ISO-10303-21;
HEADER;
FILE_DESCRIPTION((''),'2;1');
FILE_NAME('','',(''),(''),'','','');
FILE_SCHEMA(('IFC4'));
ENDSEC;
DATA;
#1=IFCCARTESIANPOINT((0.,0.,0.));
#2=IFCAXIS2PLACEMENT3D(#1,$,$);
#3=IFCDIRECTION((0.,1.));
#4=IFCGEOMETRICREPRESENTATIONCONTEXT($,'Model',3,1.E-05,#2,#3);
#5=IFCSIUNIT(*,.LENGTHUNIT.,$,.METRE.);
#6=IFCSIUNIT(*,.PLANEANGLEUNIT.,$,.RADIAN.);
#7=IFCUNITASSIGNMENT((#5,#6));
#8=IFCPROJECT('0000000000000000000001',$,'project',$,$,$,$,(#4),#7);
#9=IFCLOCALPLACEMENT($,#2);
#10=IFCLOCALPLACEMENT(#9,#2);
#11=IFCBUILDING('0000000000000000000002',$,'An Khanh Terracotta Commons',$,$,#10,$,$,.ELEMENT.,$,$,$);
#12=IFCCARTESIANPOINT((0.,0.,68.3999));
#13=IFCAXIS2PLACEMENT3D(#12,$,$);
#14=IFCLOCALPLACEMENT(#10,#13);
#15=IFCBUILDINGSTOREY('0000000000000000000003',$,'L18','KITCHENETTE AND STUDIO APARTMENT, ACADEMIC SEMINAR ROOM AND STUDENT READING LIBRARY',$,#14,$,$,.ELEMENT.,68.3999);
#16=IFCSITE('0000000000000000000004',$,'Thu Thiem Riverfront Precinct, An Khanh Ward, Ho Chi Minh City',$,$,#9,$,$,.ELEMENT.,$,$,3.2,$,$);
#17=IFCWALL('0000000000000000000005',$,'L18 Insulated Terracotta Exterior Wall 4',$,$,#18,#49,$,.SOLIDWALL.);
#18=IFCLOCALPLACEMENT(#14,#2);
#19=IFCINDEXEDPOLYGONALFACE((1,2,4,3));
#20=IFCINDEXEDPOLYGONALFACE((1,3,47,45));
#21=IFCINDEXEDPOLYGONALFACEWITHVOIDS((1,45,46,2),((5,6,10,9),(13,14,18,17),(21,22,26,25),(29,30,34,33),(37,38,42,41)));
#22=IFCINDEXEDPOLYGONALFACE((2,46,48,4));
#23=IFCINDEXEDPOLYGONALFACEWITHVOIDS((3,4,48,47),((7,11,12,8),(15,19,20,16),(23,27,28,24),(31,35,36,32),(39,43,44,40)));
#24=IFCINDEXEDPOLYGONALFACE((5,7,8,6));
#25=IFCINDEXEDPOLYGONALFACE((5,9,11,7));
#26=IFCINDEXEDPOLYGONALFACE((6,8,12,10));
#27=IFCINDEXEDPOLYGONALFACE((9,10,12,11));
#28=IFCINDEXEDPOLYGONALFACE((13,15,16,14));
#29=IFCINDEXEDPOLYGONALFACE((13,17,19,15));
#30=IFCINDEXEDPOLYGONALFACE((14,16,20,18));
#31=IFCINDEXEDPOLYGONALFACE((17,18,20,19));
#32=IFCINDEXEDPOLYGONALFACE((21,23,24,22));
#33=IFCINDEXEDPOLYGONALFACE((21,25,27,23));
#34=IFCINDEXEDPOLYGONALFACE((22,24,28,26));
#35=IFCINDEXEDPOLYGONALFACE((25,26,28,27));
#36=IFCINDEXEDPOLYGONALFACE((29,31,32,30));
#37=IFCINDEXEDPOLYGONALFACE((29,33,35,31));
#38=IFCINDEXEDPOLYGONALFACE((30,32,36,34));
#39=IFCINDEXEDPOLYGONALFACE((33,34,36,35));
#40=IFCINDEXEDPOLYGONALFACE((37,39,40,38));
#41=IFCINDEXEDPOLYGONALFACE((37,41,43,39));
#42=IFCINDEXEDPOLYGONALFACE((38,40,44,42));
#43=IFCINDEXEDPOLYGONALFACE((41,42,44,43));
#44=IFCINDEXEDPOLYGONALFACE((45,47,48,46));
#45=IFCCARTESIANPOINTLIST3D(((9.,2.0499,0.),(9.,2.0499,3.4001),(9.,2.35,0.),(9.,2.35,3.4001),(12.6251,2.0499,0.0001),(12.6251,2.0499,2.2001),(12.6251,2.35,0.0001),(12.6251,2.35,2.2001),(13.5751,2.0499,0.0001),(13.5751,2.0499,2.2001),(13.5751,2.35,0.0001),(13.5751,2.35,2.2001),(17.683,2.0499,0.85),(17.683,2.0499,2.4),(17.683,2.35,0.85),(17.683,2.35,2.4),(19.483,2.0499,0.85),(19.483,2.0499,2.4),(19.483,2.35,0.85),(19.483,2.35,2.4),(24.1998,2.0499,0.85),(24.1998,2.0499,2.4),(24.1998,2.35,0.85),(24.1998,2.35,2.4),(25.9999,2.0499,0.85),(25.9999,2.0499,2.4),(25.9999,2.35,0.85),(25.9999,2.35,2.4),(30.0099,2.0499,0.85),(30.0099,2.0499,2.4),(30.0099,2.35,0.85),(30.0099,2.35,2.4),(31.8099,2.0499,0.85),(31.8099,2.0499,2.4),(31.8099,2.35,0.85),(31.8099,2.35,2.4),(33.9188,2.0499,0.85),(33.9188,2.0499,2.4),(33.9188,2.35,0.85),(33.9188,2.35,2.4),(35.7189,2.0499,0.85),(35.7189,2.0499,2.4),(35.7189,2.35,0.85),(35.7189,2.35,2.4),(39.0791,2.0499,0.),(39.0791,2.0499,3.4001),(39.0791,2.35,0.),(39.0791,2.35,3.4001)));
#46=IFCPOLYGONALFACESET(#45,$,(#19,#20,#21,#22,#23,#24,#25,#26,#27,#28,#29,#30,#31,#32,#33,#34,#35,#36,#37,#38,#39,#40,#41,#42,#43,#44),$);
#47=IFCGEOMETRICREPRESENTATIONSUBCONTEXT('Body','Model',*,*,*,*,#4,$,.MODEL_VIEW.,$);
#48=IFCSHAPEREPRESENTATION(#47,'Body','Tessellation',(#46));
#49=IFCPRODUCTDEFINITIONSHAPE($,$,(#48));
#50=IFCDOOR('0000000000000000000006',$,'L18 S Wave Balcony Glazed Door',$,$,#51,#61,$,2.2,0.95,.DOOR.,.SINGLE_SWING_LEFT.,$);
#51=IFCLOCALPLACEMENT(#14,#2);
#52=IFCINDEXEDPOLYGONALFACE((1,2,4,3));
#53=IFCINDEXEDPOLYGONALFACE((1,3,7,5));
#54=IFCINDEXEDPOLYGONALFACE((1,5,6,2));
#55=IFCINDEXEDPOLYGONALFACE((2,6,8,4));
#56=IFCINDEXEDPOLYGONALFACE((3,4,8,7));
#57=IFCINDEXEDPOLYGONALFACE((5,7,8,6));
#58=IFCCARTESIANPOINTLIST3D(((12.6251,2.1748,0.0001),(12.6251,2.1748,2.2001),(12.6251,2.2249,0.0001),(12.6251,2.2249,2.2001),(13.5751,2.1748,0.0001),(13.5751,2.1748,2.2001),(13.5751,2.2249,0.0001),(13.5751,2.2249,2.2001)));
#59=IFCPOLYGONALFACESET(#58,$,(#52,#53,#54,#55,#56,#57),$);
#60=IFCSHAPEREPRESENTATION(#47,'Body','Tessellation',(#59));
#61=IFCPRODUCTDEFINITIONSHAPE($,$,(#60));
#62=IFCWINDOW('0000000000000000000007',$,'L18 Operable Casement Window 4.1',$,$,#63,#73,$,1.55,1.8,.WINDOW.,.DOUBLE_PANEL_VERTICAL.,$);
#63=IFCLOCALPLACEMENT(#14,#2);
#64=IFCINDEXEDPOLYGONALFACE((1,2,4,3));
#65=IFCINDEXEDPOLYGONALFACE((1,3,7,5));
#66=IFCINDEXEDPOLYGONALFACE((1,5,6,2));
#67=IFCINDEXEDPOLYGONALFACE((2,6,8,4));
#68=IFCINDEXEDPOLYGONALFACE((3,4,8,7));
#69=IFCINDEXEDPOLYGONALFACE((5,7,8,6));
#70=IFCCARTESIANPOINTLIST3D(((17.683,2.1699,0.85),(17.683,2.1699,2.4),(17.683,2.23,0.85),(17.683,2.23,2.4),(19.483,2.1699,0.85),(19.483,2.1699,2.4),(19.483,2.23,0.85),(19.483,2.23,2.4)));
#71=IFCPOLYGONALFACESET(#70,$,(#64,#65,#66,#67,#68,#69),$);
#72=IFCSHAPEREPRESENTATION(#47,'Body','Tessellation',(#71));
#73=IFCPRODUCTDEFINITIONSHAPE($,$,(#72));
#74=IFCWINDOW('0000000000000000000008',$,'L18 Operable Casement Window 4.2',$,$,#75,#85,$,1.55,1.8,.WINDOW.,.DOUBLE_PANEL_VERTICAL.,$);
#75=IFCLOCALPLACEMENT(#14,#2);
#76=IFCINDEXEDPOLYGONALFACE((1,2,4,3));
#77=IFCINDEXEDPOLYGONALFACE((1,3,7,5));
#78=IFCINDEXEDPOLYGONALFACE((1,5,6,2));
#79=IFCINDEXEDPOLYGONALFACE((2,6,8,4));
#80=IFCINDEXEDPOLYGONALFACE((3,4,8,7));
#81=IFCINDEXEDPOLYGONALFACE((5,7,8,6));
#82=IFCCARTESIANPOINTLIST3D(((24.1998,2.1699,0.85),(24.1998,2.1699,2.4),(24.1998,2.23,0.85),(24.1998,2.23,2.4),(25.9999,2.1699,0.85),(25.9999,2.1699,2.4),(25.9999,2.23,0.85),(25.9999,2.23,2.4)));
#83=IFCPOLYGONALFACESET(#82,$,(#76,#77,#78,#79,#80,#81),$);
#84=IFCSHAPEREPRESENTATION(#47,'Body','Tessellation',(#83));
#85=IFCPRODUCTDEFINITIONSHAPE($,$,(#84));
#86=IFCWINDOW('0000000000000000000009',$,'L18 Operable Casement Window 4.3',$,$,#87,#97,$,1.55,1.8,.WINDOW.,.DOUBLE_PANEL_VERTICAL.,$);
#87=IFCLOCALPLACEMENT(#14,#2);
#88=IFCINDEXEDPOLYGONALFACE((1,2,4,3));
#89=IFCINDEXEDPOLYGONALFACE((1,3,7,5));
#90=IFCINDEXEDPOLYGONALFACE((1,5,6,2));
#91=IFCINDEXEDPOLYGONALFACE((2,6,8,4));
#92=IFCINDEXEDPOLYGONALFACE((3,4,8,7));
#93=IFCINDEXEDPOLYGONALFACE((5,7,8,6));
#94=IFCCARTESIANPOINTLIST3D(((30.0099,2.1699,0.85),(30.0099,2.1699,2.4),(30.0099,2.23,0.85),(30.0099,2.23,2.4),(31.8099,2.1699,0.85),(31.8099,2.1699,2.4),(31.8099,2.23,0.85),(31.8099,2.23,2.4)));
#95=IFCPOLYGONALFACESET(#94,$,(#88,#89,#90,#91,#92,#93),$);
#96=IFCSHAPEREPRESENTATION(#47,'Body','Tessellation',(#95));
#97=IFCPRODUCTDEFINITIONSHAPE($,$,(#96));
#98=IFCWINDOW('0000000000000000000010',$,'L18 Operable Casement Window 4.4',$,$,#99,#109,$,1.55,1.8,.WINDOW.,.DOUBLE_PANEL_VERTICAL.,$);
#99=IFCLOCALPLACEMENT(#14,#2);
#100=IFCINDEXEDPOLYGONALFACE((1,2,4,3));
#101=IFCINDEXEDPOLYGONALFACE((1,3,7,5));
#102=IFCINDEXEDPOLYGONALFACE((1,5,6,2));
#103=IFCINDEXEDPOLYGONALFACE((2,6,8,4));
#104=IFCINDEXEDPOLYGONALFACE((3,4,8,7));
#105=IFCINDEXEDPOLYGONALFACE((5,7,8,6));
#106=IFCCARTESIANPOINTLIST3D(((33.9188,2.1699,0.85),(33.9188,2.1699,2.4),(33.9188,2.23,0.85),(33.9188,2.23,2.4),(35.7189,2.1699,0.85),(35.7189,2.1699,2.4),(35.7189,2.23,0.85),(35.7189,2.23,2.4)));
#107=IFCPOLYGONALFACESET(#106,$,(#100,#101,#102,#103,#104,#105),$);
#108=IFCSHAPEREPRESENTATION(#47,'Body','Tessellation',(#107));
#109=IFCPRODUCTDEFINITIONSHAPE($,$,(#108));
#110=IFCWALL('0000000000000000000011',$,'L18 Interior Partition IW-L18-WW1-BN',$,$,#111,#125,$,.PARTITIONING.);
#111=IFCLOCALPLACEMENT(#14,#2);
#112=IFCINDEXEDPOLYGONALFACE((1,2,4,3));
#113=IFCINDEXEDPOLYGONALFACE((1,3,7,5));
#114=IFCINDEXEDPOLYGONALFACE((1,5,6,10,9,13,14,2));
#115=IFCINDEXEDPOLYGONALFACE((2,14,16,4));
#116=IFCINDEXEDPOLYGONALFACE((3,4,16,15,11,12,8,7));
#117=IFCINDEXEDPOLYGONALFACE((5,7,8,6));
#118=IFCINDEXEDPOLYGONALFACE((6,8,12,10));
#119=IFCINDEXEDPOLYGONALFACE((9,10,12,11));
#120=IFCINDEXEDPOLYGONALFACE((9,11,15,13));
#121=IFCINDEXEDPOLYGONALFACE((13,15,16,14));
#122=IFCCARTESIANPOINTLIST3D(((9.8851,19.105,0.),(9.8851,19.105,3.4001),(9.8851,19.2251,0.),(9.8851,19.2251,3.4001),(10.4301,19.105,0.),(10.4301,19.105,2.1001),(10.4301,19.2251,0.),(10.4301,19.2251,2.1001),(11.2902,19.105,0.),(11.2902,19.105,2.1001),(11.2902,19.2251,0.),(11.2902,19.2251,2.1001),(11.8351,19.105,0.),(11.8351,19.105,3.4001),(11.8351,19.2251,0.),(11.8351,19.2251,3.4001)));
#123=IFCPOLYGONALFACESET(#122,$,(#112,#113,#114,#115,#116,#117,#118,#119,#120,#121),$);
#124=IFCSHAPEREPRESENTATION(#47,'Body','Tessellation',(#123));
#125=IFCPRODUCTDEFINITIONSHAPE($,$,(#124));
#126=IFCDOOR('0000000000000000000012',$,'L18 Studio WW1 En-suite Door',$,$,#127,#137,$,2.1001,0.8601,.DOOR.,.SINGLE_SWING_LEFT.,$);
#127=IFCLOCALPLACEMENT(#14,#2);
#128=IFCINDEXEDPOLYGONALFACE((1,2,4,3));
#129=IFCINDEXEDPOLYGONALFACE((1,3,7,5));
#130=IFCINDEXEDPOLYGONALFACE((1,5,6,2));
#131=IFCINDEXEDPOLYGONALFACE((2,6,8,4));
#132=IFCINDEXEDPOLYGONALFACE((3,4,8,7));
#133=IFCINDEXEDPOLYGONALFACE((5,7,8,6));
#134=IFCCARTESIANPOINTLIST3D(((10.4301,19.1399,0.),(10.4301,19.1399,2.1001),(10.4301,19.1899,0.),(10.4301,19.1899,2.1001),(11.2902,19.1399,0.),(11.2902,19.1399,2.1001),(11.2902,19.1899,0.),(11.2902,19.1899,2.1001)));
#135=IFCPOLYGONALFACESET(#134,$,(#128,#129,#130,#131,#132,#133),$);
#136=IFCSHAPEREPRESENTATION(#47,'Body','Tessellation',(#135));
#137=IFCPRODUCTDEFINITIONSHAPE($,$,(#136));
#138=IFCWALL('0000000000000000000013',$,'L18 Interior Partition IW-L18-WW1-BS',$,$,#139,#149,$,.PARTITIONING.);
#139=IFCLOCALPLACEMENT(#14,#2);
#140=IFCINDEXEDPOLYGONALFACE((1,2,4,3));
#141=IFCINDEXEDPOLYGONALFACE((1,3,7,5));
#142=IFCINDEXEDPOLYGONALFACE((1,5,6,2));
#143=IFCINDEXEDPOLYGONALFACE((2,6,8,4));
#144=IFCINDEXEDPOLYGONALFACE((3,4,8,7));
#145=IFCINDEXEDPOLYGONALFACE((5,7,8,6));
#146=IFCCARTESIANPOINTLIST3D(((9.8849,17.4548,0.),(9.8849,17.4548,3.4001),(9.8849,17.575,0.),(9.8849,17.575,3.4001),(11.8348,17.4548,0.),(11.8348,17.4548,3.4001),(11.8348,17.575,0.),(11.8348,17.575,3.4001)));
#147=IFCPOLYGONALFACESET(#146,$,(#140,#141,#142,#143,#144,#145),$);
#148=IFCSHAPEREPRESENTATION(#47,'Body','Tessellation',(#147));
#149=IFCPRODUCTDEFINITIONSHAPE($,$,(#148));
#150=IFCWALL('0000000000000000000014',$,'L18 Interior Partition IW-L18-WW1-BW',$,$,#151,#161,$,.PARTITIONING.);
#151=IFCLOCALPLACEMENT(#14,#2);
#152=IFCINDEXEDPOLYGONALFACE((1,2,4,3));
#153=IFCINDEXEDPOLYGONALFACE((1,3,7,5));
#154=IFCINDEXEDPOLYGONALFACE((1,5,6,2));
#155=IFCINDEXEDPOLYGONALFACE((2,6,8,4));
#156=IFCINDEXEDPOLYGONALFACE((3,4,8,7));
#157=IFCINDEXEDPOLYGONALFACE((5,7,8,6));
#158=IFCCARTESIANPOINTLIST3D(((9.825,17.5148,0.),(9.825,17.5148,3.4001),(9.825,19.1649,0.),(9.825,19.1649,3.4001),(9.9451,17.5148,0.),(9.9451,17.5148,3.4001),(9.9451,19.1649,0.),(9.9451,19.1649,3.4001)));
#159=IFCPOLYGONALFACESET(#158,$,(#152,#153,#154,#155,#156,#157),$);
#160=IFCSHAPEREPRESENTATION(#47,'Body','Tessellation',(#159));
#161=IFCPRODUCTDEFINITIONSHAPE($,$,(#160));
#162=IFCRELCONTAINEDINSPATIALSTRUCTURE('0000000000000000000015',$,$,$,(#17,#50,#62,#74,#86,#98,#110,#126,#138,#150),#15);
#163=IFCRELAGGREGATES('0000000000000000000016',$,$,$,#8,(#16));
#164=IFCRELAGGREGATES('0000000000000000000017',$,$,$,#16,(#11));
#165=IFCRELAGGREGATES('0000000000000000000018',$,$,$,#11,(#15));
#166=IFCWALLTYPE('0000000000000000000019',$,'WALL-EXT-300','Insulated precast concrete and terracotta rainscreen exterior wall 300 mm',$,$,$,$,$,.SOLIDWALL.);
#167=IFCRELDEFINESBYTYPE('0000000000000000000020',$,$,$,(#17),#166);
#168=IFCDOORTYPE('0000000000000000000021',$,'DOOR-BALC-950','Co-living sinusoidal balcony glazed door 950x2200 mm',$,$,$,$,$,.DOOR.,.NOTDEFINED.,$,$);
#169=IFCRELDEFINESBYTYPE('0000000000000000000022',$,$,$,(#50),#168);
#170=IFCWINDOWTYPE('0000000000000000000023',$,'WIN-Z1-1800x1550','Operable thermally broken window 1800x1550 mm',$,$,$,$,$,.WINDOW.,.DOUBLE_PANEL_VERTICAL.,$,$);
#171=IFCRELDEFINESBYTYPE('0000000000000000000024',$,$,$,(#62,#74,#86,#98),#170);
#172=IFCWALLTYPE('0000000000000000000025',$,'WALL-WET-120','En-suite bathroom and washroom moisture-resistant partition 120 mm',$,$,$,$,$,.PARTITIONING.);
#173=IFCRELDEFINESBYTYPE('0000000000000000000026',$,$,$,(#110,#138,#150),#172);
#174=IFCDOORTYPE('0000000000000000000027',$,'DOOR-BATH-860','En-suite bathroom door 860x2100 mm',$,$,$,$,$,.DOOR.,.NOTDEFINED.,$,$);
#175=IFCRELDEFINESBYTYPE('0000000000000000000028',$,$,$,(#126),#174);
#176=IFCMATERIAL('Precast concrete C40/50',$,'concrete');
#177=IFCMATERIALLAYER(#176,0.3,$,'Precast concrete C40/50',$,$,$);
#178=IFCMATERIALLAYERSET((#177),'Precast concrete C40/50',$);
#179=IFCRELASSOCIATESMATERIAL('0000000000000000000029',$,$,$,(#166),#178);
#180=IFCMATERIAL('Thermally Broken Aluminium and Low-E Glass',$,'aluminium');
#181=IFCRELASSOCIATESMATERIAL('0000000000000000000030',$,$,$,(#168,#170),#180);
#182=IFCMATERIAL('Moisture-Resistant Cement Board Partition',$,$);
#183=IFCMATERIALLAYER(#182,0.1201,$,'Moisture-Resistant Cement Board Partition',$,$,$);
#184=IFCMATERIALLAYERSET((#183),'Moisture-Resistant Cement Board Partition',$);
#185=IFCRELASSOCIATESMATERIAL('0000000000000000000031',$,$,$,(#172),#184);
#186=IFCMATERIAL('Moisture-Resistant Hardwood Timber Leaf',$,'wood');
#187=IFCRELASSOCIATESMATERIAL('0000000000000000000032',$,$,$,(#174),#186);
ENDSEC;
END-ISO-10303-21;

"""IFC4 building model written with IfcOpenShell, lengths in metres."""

from ifc_helpers import new_model, si_unit, direction, frame, frame_2d, origin, place, context, subcontext, project, spatial, rectangle, extrude, material, layer, layer_set, type_object, element, fill, save


model = new_model("IFC4")

# Units and contexts
model_context = context("Model", 3, precision=1e-05, world=origin(), true_north=direction((0.0, 1.0)))
body_context = subcontext(model_context, "Body", "Model", "MODEL_VIEW")
ifc_project = project(units=[si_unit("LENGTHUNIT", "METRE"), si_unit("PLANEANGLEUNIT", "RADIAN")], contexts=[model_context])

# Site, building, storey
site_placement = place(None, origin())
site = spatial("IfcSite", under=ifc_project, at=site_placement, Name="Thu Thiem Riverfront Precinct, An Khanh Ward, Ho Chi Minh City", CompositionType="ELEMENT", RefElevation=3.2)
building_placement = place(site_placement, origin())
building = spatial("IfcBuilding", under=site, at=building_placement, Name="An Khanh Terracotta Commons", CompositionType="ELEMENT")
storey_placement = place(building_placement, frame((0.0, 0.0, 68.3999)))
storey = spatial("IfcBuildingStorey", under=building, at=storey_placement, Name="L18", Description="KITCHENETTE AND STUDIO APARTMENT, ACADEMIC SEMINAR ROOM AND STUDENT READING LIBRARY", CompositionType="ELEMENT", Elevation=68.3999)

# Shared definitions
ifc_material_1 = material(Name="Precast concrete C40/50", Category="concrete")
ifc_layer_1 = layer(ifc_material_1, 0.3, Name="Precast concrete C40/50")
ifc_layer_set_1 = layer_set([ifc_layer_1], Name="Precast concrete C40/50")
wall_type_1 = type_object("IfcWallType", Name="WALL-EXT-300", Description="Insulated precast concrete and terracotta rainscreen exterior wall 300 mm", PredefinedType="SOLIDWALL", material=ifc_layer_set_1)

# Wall, openings, door, windows
wall_1_placement = place(storey_placement, frame((9.0, 2.2, 0.0), z_axis=(0.0, 0.0, 1.0), x_axis=(1.0, 0.0, 0.0)))
wall_1 = element("IfcWall", 1, at=wall_1_placement, inside=storey, type_object=wall_type_1, Name="L18 Insulated Terracotta Exterior Wall 4", PredefinedType="SOLIDWALL", context=body_context, shape_type="SweptSolid", body=[
    extrude(rectangle(XDim=30.0791, YDim=0.3, at=frame_2d((15.0396, 0.0))), origin(), (0.0, 0.0, 1.0), 3.4001),
])
opening_1_placement = place(wall_1_placement, frame((3.625, 0.0, 0.0)))
opening_1 = element("IfcOpeningElement", 2, at=opening_1_placement, cuts=wall_1, PredefinedType="OPENING", context=body_context, shape_type="SweptSolid", body=[
    extrude(rectangle(XDim=0.95, YDim=2.2, at=frame_2d((0.4751, 1.1001))), frame((0.0, 0.1599, 0.0), z_axis=(0.0, -1.0, 0.0), x_axis=(1.0, 0.0, 0.0)), (0.0, 0.0, 1.0), 0.3201),
])
opening_2_placement = place(wall_1_placement, frame((8.6831, 0.0, 0.8501)))
opening_2 = element("IfcOpeningElement", 3, at=opening_2_placement, cuts=wall_1, PredefinedType="OPENING", context=body_context, shape_type="SweptSolid", body=[
    extrude(rectangle(XDim=1.8, YDim=1.55, at=frame_2d((0.8999, 0.7749))), frame((0.0, 0.1599, 0.0), z_axis=(0.0, -1.0, 0.0), x_axis=(1.0, 0.0, 0.0)), (0.0, 0.0, 1.0), 0.3201),
])
opening_3_placement = place(wall_1_placement, frame((15.2, 0.0, 0.8501)))
opening_3 = element("IfcOpeningElement", 4, at=opening_3_placement, cuts=wall_1, PredefinedType="OPENING", context=body_context, shape_type="SweptSolid", body=[
    extrude(rectangle(XDim=1.8, YDim=1.55, at=frame_2d((0.8999, 0.7749))), frame((0.0, 0.1599, 0.0), z_axis=(0.0, -1.0, 0.0), x_axis=(1.0, 0.0, 0.0)), (0.0, 0.0, 1.0), 0.3201),
])
opening_4_placement = place(wall_1_placement, frame((21.01, 0.0, 0.8501)))
opening_4 = element("IfcOpeningElement", 5, at=opening_4_placement, cuts=wall_1, PredefinedType="OPENING", context=body_context, shape_type="SweptSolid", body=[
    extrude(rectangle(XDim=1.8, YDim=1.55, at=frame_2d((0.8999, 0.7749))), frame((0.0, 0.1599, 0.0), z_axis=(0.0, -1.0, 0.0), x_axis=(1.0, 0.0, 0.0)), (0.0, 0.0, 1.0), 0.3201),
])
opening_5_placement = place(wall_1_placement, frame((24.9189, 0.0, 0.8501)))
opening_5 = element("IfcOpeningElement", 6, at=opening_5_placement, cuts=wall_1, PredefinedType="OPENING", context=body_context, shape_type="SweptSolid", body=[
    extrude(rectangle(XDim=1.8, YDim=1.55, at=frame_2d((0.8999, 0.7749))), frame((0.0, 0.1599, 0.0), z_axis=(0.0, -1.0, 0.0), x_axis=(1.0, 0.0, 0.0)), (0.0, 0.0, 1.0), 0.3201),
])
ifc_material_2 = material(Name="Thermally Broken Aluminium and Low-E Glass", Category="aluminium")
door_type_1 = type_object("IfcDoorType", Name="DOOR-BALC-950", Description="Co-living sinusoidal balcony glazed door 950x2200 mm", OperationType="NOTDEFINED", PredefinedType="DOOR", material=ifc_material_2)
door_1_placement = place(opening_1_placement, origin())
door_1 = element("IfcDoor", 7, at=door_1_placement, inside=storey, type_object=door_type_1, Name="L18 S Wave Balcony Glazed Door", OperationType="SINGLE_SWING_LEFT", OverallHeight=2.2, OverallWidth=0.95, PredefinedType="DOOR", context=body_context, shape_type="SweptSolid", body=[
    extrude(rectangle(XDim=0.95, YDim=2.2, at=frame_2d((0.4751, 1.1001))), frame((0.0, 0.0249, 0.0), z_axis=(0.0, -1.0, 0.0), x_axis=(1.0, 0.0, 0.0)), (0.0, 0.0, 1.0), 0.05),
])
fill(opening_1, door_1)
window_type = type_object("IfcWindowType", Name="WIN-Z1-1800x1550", Description="Operable thermally broken window 1800x1550 mm", PartitioningType="DOUBLE_PANEL_VERTICAL", PredefinedType="WINDOW", material=ifc_material_2)
window_1_placement = place(opening_2_placement, origin())
window_1 = element("IfcWindow", 8, at=window_1_placement, inside=storey, type_object=window_type, Name="L18 Operable Casement Window 4.1", OverallHeight=1.55, OverallWidth=1.8, PartitioningType="DOUBLE_PANEL_VERTICAL", PredefinedType="WINDOW", context=body_context, shape_type="SweptSolid", body=[
    extrude(rectangle(XDim=1.8, YDim=1.55, at=frame_2d((0.8999, 0.7749))), frame((0.0, 0.03, 0.0), z_axis=(0.0, -1.0, 0.0), x_axis=(1.0, 0.0, 0.0)), (0.0, 0.0, 1.0), 0.0601),
])
fill(opening_2, window_1)
window_2_placement = place(opening_3_placement, origin())
window_2 = element("IfcWindow", 9, at=window_2_placement, inside=storey, type_object=window_type, Name="L18 Operable Casement Window 4.2", OverallHeight=1.55, OverallWidth=1.8, PartitioningType="DOUBLE_PANEL_VERTICAL", PredefinedType="WINDOW", context=body_context, shape_type="SweptSolid", body=[
    extrude(rectangle(XDim=1.8, YDim=1.55, at=frame_2d((0.8999, 0.7749))), frame((0.0, 0.03, 0.0), z_axis=(0.0, -1.0, 0.0), x_axis=(1.0, 0.0, 0.0)), (0.0, 0.0, 1.0), 0.0601),
])
fill(opening_3, window_2)
window_3_placement = place(opening_4_placement, origin())
window_3 = element("IfcWindow", 10, at=window_3_placement, inside=storey, type_object=window_type, Name="L18 Operable Casement Window 4.3", OverallHeight=1.55, OverallWidth=1.8, PartitioningType="DOUBLE_PANEL_VERTICAL", PredefinedType="WINDOW", context=body_context, shape_type="SweptSolid", body=[
    extrude(rectangle(XDim=1.8, YDim=1.55, at=frame_2d((0.8999, 0.7749))), frame((0.0, 0.03, 0.0), z_axis=(0.0, -1.0, 0.0), x_axis=(1.0, 0.0, 0.0)), (0.0, 0.0, 1.0), 0.0601),
])
fill(opening_4, window_3)
window_4_placement = place(opening_5_placement, origin())
window_4 = element("IfcWindow", 11, at=window_4_placement, inside=storey, type_object=window_type, Name="L18 Operable Casement Window 4.4", OverallHeight=1.55, OverallWidth=1.8, PartitioningType="DOUBLE_PANEL_VERTICAL", PredefinedType="WINDOW", context=body_context, shape_type="SweptSolid", body=[
    extrude(rectangle(XDim=1.8, YDim=1.55, at=frame_2d((0.8999, 0.7749))), frame((0.0, 0.03, 0.0), z_axis=(0.0, -1.0, 0.0), x_axis=(1.0, 0.0, 0.0)), (0.0, 0.0, 1.0), 0.0601),
])
fill(opening_5, window_4)

# Wall, opening, door
ifc_material_3 = material(Name="Moisture-Resistant Cement Board Partition")
ifc_layer_2 = layer(ifc_material_3, 0.1201, Name="Moisture-Resistant Cement Board Partition")
ifc_layer_set_2 = layer_set([ifc_layer_2], Name="Moisture-Resistant Cement Board Partition")
wall_type_2 = type_object("IfcWallType", Name="WALL-WET-120", Description="En-suite bathroom and washroom moisture-resistant partition 120 mm", PredefinedType="PARTITIONING", material=ifc_layer_set_2)
wall_2_placement = place(storey_placement, frame((9.885, 19.165, 0.0), z_axis=(0.0, 0.0, 1.0), x_axis=(1.0, 0.0, 0.0)))
wall_2 = element("IfcWall", 12, at=wall_2_placement, inside=storey, type_object=wall_type_2, Name="L18 Interior Partition IW-L18-WW1-BN", PredefinedType="PARTITIONING", context=body_context, shape_type="SweptSolid", body=[
    extrude(rectangle(XDim=1.95, YDim=0.1201, at=frame_2d((0.9751, 0.0))), origin(), (0.0, 0.0, 1.0), 3.4001),
])
opening_6_placement = place(wall_2_placement, frame((0.5449, 0.0, 0.0)))
opening_6 = element("IfcOpeningElement", 13, at=opening_6_placement, cuts=wall_2, PredefinedType="OPENING", context=body_context, shape_type="SweptSolid", body=[
    extrude(rectangle(XDim=0.8601, YDim=2.1001, at=frame_2d((0.4302, 1.05))), frame((0.0, 0.0701, 0.0), z_axis=(0.0, -1.0, 0.0), x_axis=(1.0, 0.0, 0.0)), (0.0, 0.0, 1.0), 0.1401),
])
ifc_material_4 = material(Name="Moisture-Resistant Hardwood Timber Leaf", Category="wood")
door_type_2 = type_object("IfcDoorType", Name="DOOR-BATH-860", Description="En-suite bathroom door 860x2100 mm", OperationType="NOTDEFINED", PredefinedType="DOOR", material=ifc_material_4)
door_2_placement = place(opening_6_placement, origin())
door_2 = element("IfcDoor", 14, at=door_2_placement, inside=storey, type_object=door_type_2, Name="L18 Studio WW1 En-suite Door", OperationType="SINGLE_SWING_LEFT", OverallHeight=2.1001, OverallWidth=0.8601, PredefinedType="DOOR", context=body_context, shape_type="SweptSolid", body=[
    extrude(rectangle(XDim=0.8601, YDim=2.1001, at=frame_2d((0.4302, 1.05))), frame((0.0, 0.0249, 0.0), z_axis=(0.0, -1.0, 0.0), x_axis=(1.0, 0.0, 0.0)), (0.0, 0.0, 1.0), 0.05),
])
fill(opening_6, door_2)

# Walls
wall_3_placement = place(storey_placement, frame((11.835, 17.5149, 0.0), z_axis=(0.0, 0.0, 1.0), x_axis=(-1.0, 0.0, 0.0)))
element("IfcWall", 15, at=wall_3_placement, inside=storey, type_object=wall_type_2, Name="L18 Interior Partition IW-L18-WW1-BS", PredefinedType="PARTITIONING", context=body_context, shape_type="SweptSolid", body=[
    extrude(rectangle(XDim=1.95, YDim=0.1201, at=frame_2d((0.9751, 0.0))), origin(), (0.0, 0.0, 1.0), 3.4001),
])
for number, where, z_axis, x_axis, name in (
    (16, (9.885, 19.165, 0.0), (0.0, 0.0, 1.0), (0.0, -1.0, 0.0), "L18 Interior Partition IW-L18-WW1-BW"),
):
    element("IfcWall", number, at=place(storey_placement, frame(where, z_axis=z_axis, x_axis=x_axis)), inside=storey, type_object=wall_type_2, Name=name, PredefinedType="PARTITIONING", context=body_context, shape_type="SweptSolid", body=[
        extrude(rectangle(XDim=1.6501, YDim=0.1201, at=frame_2d((0.8252, 0.0))), origin(), (0.0, 0.0, 1.0), 3.4001),
    ])

save(model, "model.ifc")
